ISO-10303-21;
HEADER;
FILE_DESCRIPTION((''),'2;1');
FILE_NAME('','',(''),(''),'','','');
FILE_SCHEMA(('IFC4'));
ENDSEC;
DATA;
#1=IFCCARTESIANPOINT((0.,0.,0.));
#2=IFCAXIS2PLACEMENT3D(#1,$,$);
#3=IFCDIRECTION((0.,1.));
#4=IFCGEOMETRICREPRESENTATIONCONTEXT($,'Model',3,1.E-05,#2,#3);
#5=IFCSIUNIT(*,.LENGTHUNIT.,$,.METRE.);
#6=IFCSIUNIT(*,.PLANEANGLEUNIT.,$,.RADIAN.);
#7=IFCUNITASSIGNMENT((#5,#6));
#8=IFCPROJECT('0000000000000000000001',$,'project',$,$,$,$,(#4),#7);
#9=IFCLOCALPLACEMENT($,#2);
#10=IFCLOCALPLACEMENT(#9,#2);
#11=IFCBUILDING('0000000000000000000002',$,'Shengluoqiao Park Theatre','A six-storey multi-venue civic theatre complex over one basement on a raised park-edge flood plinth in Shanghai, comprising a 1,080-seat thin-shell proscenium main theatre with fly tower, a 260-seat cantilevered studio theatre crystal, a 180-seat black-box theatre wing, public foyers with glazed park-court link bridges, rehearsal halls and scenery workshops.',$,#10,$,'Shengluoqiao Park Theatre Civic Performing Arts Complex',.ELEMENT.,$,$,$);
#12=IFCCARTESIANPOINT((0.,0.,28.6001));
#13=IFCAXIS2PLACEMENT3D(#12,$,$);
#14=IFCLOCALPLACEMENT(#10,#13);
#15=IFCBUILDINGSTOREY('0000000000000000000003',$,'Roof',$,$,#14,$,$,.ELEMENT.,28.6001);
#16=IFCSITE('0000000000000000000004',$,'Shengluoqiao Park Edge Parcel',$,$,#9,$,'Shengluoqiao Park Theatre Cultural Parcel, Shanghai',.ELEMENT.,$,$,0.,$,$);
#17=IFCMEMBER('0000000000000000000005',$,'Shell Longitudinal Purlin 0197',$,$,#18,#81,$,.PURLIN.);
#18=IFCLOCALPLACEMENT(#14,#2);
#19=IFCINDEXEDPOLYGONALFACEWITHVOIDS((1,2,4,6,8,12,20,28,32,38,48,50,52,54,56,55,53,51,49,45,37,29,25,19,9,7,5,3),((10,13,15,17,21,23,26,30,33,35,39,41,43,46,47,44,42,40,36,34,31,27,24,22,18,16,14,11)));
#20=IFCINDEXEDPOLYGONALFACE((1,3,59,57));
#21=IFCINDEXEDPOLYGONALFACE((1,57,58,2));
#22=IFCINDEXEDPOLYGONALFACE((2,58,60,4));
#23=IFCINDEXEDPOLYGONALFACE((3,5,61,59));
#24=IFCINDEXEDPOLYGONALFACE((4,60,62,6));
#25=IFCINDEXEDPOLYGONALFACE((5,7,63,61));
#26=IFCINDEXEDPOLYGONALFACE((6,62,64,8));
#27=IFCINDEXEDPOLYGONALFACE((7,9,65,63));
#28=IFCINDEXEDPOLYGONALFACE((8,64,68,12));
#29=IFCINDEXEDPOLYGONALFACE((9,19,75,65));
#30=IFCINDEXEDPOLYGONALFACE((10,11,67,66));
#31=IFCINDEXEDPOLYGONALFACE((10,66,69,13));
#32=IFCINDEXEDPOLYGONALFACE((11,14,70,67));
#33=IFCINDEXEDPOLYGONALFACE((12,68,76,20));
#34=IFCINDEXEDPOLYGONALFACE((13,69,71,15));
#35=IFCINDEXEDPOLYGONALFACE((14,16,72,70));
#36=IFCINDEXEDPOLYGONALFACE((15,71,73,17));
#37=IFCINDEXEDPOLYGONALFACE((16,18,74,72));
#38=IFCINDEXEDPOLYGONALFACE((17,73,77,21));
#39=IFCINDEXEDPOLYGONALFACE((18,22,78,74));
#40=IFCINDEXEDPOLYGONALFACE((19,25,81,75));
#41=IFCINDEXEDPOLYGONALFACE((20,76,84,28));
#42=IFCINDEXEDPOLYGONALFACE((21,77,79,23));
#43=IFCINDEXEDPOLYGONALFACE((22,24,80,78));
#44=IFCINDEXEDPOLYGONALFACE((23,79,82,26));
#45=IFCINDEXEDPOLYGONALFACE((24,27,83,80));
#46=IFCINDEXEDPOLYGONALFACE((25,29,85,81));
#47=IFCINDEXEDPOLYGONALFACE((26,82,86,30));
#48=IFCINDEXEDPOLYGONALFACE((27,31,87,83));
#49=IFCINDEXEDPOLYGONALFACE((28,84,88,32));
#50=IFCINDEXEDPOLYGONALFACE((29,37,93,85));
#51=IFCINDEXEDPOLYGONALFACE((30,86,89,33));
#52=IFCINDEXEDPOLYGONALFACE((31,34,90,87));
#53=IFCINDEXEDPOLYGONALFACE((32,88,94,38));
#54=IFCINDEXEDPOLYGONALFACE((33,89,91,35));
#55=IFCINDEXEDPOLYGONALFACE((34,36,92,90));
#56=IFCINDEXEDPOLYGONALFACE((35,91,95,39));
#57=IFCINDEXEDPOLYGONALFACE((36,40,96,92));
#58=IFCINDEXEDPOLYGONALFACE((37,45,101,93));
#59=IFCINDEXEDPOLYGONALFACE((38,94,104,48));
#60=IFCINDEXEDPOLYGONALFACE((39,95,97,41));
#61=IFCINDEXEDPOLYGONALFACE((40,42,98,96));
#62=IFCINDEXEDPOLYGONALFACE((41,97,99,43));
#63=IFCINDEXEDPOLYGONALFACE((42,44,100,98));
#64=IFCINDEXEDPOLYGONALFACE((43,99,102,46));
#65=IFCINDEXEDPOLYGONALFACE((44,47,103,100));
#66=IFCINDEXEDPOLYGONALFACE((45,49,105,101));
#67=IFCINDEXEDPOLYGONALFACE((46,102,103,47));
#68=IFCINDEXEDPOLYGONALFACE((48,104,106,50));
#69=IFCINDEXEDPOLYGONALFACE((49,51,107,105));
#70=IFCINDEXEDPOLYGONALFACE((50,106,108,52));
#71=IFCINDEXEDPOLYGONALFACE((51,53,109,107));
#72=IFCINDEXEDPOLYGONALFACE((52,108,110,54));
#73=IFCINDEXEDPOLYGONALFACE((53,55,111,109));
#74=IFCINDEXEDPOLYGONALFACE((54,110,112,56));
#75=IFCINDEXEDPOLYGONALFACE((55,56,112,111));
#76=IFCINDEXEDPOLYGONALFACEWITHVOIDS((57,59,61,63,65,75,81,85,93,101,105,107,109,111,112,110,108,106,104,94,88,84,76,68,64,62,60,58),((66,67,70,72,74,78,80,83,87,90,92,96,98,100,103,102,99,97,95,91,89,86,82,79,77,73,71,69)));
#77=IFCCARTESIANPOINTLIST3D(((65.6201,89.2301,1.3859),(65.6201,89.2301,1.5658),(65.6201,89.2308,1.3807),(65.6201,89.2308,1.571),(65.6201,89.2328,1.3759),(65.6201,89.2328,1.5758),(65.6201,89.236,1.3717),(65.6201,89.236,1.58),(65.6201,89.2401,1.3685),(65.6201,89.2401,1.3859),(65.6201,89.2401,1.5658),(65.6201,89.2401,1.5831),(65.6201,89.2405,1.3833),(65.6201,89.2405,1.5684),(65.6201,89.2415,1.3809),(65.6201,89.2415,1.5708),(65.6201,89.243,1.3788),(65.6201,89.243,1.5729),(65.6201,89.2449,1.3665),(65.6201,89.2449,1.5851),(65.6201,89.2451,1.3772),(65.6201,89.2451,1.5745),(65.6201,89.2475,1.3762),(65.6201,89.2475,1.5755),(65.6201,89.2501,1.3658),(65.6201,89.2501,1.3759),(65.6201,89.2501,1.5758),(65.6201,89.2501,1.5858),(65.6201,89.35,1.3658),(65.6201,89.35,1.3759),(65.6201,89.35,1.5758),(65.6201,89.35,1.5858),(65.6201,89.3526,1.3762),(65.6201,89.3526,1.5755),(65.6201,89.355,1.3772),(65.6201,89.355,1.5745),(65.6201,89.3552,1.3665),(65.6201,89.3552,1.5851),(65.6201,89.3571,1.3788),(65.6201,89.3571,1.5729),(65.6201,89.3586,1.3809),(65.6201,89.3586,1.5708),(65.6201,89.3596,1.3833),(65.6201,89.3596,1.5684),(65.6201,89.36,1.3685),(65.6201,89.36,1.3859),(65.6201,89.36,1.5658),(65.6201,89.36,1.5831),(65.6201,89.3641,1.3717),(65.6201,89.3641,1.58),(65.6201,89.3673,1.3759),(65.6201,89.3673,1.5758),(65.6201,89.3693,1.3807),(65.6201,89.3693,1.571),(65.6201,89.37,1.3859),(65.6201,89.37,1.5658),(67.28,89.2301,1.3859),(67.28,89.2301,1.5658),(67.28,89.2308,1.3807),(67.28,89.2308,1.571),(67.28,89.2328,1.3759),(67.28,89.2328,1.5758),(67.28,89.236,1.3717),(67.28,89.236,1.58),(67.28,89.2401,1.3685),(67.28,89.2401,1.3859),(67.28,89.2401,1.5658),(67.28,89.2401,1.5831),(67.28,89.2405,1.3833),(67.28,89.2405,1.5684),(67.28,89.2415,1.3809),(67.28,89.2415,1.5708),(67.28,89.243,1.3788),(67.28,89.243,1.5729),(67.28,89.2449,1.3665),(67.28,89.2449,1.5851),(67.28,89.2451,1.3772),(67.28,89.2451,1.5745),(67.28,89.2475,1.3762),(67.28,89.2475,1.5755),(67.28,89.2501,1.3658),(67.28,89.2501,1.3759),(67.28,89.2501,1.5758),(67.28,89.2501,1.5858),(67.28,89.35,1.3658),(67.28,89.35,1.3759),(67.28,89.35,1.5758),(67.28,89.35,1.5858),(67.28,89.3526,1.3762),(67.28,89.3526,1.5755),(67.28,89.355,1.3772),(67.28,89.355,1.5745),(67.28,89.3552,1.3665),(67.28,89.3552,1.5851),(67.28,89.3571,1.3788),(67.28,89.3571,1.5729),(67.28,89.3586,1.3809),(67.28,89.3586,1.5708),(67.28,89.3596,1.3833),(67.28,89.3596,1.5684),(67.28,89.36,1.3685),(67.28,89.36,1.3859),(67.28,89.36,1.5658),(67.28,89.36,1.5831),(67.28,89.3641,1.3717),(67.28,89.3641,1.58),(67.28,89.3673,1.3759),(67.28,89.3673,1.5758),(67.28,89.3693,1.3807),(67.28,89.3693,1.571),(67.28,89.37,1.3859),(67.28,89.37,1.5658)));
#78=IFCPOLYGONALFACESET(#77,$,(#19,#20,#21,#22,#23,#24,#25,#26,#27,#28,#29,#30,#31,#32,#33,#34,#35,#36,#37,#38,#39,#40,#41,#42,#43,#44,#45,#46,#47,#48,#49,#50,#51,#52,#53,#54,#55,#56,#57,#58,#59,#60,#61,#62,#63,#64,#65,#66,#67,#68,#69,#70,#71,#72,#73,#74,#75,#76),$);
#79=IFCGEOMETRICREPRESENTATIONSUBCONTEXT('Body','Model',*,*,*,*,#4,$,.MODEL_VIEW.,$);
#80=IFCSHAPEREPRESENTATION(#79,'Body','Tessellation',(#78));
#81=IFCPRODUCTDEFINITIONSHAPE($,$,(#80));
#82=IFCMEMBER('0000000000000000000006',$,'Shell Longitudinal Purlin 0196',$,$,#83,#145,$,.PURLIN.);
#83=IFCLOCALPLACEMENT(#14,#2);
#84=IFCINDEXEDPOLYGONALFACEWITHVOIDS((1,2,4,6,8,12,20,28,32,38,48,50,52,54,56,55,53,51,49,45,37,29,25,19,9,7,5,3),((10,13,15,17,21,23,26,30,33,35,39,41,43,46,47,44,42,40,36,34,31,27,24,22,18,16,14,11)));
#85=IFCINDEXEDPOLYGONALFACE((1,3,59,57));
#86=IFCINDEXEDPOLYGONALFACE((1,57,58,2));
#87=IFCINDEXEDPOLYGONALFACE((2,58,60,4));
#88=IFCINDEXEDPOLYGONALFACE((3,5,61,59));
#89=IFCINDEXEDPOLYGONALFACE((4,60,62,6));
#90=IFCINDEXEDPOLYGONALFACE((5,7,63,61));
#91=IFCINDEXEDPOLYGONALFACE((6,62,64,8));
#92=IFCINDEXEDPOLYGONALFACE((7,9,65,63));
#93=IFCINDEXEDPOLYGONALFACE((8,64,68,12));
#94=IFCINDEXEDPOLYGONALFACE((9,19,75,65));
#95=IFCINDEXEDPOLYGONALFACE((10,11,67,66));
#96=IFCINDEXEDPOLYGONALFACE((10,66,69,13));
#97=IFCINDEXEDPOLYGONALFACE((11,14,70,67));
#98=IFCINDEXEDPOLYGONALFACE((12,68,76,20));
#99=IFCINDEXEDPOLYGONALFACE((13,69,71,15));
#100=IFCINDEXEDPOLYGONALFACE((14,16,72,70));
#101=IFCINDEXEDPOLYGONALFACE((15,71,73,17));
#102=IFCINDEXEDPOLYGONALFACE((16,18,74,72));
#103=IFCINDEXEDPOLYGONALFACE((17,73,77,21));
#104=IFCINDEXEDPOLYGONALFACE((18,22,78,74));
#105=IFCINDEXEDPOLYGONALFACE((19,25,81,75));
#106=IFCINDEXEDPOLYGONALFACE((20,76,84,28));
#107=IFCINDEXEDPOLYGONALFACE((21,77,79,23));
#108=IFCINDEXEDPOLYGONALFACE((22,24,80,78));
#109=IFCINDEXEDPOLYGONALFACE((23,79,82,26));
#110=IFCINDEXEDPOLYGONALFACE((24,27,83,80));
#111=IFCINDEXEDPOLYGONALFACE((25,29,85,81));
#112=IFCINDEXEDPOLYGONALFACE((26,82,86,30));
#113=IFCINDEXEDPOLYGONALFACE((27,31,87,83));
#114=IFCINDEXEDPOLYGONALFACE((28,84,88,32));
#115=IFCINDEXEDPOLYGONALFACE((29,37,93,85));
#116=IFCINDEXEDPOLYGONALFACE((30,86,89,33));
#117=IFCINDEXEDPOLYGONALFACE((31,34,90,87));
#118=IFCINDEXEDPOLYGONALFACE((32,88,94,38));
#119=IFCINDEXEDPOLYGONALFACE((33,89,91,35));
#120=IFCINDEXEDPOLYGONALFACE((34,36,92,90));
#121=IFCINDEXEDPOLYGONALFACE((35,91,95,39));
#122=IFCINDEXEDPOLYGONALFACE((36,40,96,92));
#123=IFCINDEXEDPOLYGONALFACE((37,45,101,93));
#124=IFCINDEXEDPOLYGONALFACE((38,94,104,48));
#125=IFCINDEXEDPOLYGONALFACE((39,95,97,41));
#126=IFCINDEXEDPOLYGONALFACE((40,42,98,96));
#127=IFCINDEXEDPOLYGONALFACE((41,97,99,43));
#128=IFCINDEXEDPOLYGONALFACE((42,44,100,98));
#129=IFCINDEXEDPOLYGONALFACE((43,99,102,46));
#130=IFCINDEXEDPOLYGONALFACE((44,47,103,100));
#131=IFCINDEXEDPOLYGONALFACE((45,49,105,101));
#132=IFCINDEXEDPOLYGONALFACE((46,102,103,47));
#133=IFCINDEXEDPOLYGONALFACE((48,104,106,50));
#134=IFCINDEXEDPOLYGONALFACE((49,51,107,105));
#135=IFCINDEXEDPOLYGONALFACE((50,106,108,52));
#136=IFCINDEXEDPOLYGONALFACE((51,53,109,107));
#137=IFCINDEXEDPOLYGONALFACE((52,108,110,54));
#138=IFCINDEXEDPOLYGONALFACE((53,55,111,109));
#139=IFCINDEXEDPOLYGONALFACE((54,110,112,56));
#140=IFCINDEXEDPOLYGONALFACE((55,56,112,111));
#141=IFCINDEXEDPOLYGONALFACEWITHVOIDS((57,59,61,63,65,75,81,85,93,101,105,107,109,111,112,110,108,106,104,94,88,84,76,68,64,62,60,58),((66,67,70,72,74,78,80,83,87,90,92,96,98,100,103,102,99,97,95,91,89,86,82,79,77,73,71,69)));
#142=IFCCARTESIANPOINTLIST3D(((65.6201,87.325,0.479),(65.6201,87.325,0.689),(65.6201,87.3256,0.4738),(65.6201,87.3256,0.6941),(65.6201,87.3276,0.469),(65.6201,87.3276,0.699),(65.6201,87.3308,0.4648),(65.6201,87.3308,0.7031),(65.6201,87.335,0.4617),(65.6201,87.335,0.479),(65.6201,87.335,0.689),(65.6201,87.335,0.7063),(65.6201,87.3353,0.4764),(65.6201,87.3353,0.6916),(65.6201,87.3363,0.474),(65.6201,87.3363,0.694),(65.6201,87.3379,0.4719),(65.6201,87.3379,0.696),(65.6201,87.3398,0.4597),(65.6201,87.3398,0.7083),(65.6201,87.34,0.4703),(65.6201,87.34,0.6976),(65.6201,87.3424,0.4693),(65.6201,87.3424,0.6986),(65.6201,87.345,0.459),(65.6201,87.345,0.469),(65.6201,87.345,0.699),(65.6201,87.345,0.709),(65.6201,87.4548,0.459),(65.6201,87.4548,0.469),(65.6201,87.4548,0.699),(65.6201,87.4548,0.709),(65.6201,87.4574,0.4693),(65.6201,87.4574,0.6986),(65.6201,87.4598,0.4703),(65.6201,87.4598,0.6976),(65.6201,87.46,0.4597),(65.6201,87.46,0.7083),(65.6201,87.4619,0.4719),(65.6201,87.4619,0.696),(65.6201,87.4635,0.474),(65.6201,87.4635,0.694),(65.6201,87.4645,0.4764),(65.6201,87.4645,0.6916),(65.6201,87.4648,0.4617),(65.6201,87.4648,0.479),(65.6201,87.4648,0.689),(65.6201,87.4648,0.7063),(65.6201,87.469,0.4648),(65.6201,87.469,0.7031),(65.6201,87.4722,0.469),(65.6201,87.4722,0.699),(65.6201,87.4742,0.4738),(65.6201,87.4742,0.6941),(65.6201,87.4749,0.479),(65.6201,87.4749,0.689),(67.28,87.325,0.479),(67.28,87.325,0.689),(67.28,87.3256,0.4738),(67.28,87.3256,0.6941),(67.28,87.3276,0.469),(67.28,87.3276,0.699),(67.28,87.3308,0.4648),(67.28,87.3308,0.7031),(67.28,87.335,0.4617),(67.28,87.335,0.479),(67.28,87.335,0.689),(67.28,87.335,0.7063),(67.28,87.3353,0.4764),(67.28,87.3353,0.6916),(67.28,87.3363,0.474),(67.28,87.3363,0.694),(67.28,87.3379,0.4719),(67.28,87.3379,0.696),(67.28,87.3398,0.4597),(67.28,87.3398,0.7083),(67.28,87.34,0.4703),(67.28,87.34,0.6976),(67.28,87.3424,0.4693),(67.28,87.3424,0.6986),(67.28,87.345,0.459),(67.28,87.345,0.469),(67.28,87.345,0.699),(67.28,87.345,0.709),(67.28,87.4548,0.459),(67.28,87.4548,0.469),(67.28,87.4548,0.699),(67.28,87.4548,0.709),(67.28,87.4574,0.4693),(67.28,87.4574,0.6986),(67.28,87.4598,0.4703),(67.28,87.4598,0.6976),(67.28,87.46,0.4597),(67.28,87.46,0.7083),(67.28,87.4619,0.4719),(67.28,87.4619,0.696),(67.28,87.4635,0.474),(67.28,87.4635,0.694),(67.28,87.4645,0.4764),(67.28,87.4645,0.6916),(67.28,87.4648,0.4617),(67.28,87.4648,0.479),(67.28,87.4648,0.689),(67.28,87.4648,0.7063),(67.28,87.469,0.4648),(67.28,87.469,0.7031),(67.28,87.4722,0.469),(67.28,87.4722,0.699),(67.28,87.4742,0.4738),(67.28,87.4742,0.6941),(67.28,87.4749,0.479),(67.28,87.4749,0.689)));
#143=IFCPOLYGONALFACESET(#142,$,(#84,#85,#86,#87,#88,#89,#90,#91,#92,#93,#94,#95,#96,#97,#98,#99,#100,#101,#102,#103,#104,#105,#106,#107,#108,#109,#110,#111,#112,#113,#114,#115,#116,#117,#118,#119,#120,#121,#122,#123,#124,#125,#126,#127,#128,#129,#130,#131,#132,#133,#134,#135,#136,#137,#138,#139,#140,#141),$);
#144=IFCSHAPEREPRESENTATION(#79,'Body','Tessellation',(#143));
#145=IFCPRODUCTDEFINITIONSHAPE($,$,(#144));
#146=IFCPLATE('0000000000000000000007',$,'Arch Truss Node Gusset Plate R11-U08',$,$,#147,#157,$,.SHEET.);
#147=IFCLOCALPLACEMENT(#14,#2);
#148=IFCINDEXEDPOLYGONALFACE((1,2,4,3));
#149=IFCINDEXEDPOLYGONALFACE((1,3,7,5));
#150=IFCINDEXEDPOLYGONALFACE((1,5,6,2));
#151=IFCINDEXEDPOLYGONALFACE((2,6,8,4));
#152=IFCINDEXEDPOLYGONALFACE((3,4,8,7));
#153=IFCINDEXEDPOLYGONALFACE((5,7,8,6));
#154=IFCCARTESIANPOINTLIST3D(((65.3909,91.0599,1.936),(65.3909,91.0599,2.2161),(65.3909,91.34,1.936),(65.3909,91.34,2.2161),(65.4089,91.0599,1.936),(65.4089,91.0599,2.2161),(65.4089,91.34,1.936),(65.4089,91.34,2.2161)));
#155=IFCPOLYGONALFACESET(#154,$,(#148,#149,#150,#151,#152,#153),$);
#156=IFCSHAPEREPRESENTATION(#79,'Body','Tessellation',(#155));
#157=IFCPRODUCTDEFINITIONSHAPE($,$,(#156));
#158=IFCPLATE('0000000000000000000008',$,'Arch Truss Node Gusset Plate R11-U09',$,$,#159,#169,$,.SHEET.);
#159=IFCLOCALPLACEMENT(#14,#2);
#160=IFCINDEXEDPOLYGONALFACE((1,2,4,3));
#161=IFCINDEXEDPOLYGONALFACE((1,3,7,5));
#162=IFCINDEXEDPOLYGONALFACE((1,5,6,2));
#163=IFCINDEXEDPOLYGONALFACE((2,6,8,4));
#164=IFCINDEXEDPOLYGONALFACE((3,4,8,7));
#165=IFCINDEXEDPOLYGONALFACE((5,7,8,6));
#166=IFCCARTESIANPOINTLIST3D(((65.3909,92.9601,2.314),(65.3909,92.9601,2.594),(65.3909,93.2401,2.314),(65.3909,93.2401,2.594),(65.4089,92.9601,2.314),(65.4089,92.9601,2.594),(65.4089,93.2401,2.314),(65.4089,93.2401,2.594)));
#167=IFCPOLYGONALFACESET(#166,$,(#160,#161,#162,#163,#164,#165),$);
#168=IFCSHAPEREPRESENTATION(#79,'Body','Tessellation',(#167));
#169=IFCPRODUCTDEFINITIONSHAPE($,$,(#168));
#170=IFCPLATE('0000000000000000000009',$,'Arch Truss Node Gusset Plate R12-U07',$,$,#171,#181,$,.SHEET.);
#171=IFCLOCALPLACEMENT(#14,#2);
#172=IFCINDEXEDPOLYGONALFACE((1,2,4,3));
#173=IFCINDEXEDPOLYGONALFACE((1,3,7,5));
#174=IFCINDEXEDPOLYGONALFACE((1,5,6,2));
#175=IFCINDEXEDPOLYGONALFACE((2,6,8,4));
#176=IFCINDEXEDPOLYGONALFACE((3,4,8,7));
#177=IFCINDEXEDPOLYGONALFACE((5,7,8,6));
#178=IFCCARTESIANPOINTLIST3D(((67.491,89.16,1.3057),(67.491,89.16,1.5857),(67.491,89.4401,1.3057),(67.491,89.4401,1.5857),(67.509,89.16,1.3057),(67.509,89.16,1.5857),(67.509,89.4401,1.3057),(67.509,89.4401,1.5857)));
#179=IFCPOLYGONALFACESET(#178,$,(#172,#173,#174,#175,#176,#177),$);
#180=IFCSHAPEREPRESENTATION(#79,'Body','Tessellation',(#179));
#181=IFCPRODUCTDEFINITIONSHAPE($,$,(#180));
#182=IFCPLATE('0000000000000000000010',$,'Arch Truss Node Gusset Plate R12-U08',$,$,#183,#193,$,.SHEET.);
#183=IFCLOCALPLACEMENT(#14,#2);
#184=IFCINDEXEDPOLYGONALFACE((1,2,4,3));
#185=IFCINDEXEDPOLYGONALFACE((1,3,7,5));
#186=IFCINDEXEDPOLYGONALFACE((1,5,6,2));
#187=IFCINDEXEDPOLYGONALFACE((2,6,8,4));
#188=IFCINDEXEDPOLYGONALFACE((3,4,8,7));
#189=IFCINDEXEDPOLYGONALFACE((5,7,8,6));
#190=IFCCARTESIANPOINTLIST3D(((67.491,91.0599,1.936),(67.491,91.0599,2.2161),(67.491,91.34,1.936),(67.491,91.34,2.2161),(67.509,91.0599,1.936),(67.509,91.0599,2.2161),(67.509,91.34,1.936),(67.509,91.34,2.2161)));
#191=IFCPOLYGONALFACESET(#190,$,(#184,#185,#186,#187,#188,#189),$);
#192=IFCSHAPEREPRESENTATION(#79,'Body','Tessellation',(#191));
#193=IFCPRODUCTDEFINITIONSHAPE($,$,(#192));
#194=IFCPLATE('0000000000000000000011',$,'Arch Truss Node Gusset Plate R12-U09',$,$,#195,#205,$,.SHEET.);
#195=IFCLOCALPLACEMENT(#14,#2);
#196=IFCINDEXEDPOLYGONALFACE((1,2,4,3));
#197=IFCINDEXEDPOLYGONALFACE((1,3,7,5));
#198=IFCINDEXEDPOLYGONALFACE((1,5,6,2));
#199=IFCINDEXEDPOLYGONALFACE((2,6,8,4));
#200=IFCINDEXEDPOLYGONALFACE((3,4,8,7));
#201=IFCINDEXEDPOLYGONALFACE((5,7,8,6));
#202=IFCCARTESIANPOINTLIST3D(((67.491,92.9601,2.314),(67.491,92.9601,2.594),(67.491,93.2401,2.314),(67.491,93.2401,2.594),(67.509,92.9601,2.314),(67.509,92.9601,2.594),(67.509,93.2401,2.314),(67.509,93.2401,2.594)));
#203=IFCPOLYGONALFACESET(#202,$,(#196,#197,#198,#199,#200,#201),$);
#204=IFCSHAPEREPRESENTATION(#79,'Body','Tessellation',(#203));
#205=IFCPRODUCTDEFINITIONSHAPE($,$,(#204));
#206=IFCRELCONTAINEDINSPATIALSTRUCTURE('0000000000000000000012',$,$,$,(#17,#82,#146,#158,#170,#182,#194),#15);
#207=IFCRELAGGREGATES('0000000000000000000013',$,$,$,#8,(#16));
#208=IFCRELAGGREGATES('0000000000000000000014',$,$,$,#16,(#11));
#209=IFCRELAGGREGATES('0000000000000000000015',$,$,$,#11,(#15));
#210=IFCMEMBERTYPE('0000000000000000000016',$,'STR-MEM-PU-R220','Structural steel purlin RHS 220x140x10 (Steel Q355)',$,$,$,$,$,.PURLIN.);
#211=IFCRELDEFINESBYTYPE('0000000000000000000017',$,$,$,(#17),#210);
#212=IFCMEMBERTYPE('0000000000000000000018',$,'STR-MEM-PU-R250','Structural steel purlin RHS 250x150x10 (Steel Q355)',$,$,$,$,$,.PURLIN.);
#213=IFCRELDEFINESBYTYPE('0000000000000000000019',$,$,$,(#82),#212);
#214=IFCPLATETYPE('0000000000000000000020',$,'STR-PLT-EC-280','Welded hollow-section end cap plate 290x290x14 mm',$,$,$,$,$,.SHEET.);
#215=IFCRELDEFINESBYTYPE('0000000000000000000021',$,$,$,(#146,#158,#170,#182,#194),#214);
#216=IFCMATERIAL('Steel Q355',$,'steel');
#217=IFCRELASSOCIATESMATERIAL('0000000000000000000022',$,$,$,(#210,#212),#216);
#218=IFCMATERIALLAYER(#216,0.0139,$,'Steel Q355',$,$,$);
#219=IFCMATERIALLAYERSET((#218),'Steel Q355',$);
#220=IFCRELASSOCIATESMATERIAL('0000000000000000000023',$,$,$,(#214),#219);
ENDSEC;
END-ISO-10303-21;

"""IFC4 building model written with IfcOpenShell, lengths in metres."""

from ifc_helpers import new_model, si_unit, direction, frame, origin, origin_2d, place, context, subcontext, project, spatial, rectangle, hollow_rectangle, extrude, material, layer, layer_set, material_profile, profile_set, type_object, element, save


model = new_model("IFC4")

# Units and contexts
model_context = context("Model", 3, precision=1e-05, world=origin(), true_north=direction((0.0, 1.0)))
body_context = subcontext(model_context, "Body", "Model", "MODEL_VIEW")
ifc_project = project(units=[si_unit("LENGTHUNIT", "METRE"), si_unit("PLANEANGLEUNIT", "RADIAN")], contexts=[model_context])

# Site, building, storey
site_placement = place(None, origin())
site = spatial("IfcSite", under=ifc_project, at=site_placement, Name="Shengluoqiao Park Edge Parcel", LongName="Shengluoqiao Park Theatre Cultural Parcel, Shanghai", CompositionType="ELEMENT", RefElevation=0.0)
building_placement = place(site_placement, origin())
building = spatial("IfcBuilding", under=site, at=building_placement, Name="Shengluoqiao Park Theatre", Description="A six-storey multi-venue civic theatre complex over one basement on a raised park-edge flood plinth in Shanghai, comprising a 1,080-seat thin-shell proscenium main theatre with fly tower, a 260-seat cantilevered studio theatre crystal, a 180-seat black-box theatre wing, public foyers with glazed park-court link bridges, rehearsal halls and scenery workshops.", LongName="Shengluoqiao Park Theatre Civic Performing Arts Complex", CompositionType="ELEMENT")
storey_placement = place(building_placement, frame((0.0, 0.0, 28.6001)))
storey = spatial("IfcBuildingStorey", under=building, at=storey_placement, Name="Roof", CompositionType="ELEMENT", Elevation=28.6001)

# Shared definitions
ifc_material_1 = material(Name="Steel Q355", Category="steel")

# Members
ifc_material_profile_1 = material_profile(ifc_material_1, hollow_rectangle(XDim=0.1399, YDim=0.22, WallThickness=0.01, InnerFilletRadius=0.01, OuterFilletRadius=0.02, at=origin_2d()), Name="RHS 220x140x10")
ifc_profile_set_1 = profile_set([ifc_material_profile_1], Name="Steel Q355")
member_type_1 = type_object("IfcMemberType", Name="STR-MEM-PU-R220", Description="Structural steel purlin RHS 220x140x10 (Steel Q355)", PredefinedType="PURLIN", material=ifc_profile_set_1)
member_1_placement = place(storey_placement, frame((65.6201, 89.3, 1.4758), z_axis=(1.0, 0.0, 0.0), x_axis=(0.0, 1.0, 0.0)))
element("IfcMember", 1, at=member_1_placement, inside=storey, type_object=member_type_1, Name="Shell Longitudinal Purlin 0197", PredefinedType="PURLIN", context=body_context, shape_type="SweptSolid", body=[
    extrude(hollow_rectangle(XDim=0.1399, YDim=0.22, WallThickness=0.01, InnerFilletRadius=0.01, OuterFilletRadius=0.02, at=origin_2d()), origin(), (0.0, 0.0, 1.0), 1.6599),
])
ifc_material_profile_2 = material_profile(ifc_material_1, hollow_rectangle(XDim=0.1499, YDim=0.25, WallThickness=0.01, InnerFilletRadius=0.01, OuterFilletRadius=0.02, at=origin_2d()), Name="RHS 250x150x10")
ifc_profile_set_2 = profile_set([ifc_material_profile_2], Name="Steel Q355")
member_type_2 = type_object("IfcMemberType", Name="STR-MEM-PU-R250", Description="Structural steel purlin RHS 250x150x10 (Steel Q355)", PredefinedType="PURLIN", material=ifc_profile_set_2)
member_2_placement = place(storey_placement, frame((65.6201, 87.3999, 0.584), z_axis=(1.0, 0.0, 0.0), x_axis=(0.0, 1.0, 0.0)))
element("IfcMember", 2, at=member_2_placement, inside=storey, type_object=member_type_2, Name="Shell Longitudinal Purlin 0196", PredefinedType="PURLIN", context=body_context, shape_type="SweptSolid", body=[
    extrude(hollow_rectangle(XDim=0.1499, YDim=0.25, WallThickness=0.01, InnerFilletRadius=0.01, OuterFilletRadius=0.02, at=origin_2d()), origin(), (0.0, 0.0, 1.0), 1.6599),
])

# Plates
ifc_layer_1 = layer(ifc_material_1, 0.0139, Name="Steel Q355")
ifc_layer_set_1 = layer_set([ifc_layer_1], Name="Steel Q355")
plate_type_1 = type_object("IfcPlateType", Name="STR-PLT-EC-280", Description="Welded hollow-section end cap plate 290x290x14 mm", PredefinedType="SHEET", material=ifc_layer_set_1)
for number, where, z_axis, x_axis, name in (
    (3, (65.3999, 91.2, 1.936), (0.0, 0.0, 1.0), (1.0, 0.0, 0.0), "Arch Truss Node Gusset Plate R11-U08"),
    (4, (65.3999, 93.1001, 2.314), (0.0, 0.0, 1.0), (1.0, 0.0, 0.0), "Arch Truss Node Gusset Plate R11-U09"),
    (5, (67.5, 89.3, 1.3057), (0.0, 0.0, 1.0), (1.0, 0.0, 0.0), "Arch Truss Node Gusset Plate R12-U07"),
    (6, (67.5, 91.2, 1.936), (0.0, 0.0, 1.0), (1.0, 0.0, 0.0), "Arch Truss Node Gusset Plate R12-U08"),
    (7, (67.5, 93.1001, 2.314), (0.0, 0.0, 1.0), (1.0, 0.0, 0.0), "Arch Truss Node Gusset Plate R12-U09"),
):
    element("IfcPlate", number, at=place(storey_placement, frame(where, z_axis=z_axis, x_axis=x_axis)), inside=storey, type_object=plate_type_1, Name=name, PredefinedType="SHEET", context=body_context, shape_type="SweptSolid", body=[
        extrude(rectangle(XDim=0.0181, YDim=0.28, at=origin_2d()), origin(), (0.0, 0.0, 1.0), 0.28),
    ])

save(model, "model.ifc")
